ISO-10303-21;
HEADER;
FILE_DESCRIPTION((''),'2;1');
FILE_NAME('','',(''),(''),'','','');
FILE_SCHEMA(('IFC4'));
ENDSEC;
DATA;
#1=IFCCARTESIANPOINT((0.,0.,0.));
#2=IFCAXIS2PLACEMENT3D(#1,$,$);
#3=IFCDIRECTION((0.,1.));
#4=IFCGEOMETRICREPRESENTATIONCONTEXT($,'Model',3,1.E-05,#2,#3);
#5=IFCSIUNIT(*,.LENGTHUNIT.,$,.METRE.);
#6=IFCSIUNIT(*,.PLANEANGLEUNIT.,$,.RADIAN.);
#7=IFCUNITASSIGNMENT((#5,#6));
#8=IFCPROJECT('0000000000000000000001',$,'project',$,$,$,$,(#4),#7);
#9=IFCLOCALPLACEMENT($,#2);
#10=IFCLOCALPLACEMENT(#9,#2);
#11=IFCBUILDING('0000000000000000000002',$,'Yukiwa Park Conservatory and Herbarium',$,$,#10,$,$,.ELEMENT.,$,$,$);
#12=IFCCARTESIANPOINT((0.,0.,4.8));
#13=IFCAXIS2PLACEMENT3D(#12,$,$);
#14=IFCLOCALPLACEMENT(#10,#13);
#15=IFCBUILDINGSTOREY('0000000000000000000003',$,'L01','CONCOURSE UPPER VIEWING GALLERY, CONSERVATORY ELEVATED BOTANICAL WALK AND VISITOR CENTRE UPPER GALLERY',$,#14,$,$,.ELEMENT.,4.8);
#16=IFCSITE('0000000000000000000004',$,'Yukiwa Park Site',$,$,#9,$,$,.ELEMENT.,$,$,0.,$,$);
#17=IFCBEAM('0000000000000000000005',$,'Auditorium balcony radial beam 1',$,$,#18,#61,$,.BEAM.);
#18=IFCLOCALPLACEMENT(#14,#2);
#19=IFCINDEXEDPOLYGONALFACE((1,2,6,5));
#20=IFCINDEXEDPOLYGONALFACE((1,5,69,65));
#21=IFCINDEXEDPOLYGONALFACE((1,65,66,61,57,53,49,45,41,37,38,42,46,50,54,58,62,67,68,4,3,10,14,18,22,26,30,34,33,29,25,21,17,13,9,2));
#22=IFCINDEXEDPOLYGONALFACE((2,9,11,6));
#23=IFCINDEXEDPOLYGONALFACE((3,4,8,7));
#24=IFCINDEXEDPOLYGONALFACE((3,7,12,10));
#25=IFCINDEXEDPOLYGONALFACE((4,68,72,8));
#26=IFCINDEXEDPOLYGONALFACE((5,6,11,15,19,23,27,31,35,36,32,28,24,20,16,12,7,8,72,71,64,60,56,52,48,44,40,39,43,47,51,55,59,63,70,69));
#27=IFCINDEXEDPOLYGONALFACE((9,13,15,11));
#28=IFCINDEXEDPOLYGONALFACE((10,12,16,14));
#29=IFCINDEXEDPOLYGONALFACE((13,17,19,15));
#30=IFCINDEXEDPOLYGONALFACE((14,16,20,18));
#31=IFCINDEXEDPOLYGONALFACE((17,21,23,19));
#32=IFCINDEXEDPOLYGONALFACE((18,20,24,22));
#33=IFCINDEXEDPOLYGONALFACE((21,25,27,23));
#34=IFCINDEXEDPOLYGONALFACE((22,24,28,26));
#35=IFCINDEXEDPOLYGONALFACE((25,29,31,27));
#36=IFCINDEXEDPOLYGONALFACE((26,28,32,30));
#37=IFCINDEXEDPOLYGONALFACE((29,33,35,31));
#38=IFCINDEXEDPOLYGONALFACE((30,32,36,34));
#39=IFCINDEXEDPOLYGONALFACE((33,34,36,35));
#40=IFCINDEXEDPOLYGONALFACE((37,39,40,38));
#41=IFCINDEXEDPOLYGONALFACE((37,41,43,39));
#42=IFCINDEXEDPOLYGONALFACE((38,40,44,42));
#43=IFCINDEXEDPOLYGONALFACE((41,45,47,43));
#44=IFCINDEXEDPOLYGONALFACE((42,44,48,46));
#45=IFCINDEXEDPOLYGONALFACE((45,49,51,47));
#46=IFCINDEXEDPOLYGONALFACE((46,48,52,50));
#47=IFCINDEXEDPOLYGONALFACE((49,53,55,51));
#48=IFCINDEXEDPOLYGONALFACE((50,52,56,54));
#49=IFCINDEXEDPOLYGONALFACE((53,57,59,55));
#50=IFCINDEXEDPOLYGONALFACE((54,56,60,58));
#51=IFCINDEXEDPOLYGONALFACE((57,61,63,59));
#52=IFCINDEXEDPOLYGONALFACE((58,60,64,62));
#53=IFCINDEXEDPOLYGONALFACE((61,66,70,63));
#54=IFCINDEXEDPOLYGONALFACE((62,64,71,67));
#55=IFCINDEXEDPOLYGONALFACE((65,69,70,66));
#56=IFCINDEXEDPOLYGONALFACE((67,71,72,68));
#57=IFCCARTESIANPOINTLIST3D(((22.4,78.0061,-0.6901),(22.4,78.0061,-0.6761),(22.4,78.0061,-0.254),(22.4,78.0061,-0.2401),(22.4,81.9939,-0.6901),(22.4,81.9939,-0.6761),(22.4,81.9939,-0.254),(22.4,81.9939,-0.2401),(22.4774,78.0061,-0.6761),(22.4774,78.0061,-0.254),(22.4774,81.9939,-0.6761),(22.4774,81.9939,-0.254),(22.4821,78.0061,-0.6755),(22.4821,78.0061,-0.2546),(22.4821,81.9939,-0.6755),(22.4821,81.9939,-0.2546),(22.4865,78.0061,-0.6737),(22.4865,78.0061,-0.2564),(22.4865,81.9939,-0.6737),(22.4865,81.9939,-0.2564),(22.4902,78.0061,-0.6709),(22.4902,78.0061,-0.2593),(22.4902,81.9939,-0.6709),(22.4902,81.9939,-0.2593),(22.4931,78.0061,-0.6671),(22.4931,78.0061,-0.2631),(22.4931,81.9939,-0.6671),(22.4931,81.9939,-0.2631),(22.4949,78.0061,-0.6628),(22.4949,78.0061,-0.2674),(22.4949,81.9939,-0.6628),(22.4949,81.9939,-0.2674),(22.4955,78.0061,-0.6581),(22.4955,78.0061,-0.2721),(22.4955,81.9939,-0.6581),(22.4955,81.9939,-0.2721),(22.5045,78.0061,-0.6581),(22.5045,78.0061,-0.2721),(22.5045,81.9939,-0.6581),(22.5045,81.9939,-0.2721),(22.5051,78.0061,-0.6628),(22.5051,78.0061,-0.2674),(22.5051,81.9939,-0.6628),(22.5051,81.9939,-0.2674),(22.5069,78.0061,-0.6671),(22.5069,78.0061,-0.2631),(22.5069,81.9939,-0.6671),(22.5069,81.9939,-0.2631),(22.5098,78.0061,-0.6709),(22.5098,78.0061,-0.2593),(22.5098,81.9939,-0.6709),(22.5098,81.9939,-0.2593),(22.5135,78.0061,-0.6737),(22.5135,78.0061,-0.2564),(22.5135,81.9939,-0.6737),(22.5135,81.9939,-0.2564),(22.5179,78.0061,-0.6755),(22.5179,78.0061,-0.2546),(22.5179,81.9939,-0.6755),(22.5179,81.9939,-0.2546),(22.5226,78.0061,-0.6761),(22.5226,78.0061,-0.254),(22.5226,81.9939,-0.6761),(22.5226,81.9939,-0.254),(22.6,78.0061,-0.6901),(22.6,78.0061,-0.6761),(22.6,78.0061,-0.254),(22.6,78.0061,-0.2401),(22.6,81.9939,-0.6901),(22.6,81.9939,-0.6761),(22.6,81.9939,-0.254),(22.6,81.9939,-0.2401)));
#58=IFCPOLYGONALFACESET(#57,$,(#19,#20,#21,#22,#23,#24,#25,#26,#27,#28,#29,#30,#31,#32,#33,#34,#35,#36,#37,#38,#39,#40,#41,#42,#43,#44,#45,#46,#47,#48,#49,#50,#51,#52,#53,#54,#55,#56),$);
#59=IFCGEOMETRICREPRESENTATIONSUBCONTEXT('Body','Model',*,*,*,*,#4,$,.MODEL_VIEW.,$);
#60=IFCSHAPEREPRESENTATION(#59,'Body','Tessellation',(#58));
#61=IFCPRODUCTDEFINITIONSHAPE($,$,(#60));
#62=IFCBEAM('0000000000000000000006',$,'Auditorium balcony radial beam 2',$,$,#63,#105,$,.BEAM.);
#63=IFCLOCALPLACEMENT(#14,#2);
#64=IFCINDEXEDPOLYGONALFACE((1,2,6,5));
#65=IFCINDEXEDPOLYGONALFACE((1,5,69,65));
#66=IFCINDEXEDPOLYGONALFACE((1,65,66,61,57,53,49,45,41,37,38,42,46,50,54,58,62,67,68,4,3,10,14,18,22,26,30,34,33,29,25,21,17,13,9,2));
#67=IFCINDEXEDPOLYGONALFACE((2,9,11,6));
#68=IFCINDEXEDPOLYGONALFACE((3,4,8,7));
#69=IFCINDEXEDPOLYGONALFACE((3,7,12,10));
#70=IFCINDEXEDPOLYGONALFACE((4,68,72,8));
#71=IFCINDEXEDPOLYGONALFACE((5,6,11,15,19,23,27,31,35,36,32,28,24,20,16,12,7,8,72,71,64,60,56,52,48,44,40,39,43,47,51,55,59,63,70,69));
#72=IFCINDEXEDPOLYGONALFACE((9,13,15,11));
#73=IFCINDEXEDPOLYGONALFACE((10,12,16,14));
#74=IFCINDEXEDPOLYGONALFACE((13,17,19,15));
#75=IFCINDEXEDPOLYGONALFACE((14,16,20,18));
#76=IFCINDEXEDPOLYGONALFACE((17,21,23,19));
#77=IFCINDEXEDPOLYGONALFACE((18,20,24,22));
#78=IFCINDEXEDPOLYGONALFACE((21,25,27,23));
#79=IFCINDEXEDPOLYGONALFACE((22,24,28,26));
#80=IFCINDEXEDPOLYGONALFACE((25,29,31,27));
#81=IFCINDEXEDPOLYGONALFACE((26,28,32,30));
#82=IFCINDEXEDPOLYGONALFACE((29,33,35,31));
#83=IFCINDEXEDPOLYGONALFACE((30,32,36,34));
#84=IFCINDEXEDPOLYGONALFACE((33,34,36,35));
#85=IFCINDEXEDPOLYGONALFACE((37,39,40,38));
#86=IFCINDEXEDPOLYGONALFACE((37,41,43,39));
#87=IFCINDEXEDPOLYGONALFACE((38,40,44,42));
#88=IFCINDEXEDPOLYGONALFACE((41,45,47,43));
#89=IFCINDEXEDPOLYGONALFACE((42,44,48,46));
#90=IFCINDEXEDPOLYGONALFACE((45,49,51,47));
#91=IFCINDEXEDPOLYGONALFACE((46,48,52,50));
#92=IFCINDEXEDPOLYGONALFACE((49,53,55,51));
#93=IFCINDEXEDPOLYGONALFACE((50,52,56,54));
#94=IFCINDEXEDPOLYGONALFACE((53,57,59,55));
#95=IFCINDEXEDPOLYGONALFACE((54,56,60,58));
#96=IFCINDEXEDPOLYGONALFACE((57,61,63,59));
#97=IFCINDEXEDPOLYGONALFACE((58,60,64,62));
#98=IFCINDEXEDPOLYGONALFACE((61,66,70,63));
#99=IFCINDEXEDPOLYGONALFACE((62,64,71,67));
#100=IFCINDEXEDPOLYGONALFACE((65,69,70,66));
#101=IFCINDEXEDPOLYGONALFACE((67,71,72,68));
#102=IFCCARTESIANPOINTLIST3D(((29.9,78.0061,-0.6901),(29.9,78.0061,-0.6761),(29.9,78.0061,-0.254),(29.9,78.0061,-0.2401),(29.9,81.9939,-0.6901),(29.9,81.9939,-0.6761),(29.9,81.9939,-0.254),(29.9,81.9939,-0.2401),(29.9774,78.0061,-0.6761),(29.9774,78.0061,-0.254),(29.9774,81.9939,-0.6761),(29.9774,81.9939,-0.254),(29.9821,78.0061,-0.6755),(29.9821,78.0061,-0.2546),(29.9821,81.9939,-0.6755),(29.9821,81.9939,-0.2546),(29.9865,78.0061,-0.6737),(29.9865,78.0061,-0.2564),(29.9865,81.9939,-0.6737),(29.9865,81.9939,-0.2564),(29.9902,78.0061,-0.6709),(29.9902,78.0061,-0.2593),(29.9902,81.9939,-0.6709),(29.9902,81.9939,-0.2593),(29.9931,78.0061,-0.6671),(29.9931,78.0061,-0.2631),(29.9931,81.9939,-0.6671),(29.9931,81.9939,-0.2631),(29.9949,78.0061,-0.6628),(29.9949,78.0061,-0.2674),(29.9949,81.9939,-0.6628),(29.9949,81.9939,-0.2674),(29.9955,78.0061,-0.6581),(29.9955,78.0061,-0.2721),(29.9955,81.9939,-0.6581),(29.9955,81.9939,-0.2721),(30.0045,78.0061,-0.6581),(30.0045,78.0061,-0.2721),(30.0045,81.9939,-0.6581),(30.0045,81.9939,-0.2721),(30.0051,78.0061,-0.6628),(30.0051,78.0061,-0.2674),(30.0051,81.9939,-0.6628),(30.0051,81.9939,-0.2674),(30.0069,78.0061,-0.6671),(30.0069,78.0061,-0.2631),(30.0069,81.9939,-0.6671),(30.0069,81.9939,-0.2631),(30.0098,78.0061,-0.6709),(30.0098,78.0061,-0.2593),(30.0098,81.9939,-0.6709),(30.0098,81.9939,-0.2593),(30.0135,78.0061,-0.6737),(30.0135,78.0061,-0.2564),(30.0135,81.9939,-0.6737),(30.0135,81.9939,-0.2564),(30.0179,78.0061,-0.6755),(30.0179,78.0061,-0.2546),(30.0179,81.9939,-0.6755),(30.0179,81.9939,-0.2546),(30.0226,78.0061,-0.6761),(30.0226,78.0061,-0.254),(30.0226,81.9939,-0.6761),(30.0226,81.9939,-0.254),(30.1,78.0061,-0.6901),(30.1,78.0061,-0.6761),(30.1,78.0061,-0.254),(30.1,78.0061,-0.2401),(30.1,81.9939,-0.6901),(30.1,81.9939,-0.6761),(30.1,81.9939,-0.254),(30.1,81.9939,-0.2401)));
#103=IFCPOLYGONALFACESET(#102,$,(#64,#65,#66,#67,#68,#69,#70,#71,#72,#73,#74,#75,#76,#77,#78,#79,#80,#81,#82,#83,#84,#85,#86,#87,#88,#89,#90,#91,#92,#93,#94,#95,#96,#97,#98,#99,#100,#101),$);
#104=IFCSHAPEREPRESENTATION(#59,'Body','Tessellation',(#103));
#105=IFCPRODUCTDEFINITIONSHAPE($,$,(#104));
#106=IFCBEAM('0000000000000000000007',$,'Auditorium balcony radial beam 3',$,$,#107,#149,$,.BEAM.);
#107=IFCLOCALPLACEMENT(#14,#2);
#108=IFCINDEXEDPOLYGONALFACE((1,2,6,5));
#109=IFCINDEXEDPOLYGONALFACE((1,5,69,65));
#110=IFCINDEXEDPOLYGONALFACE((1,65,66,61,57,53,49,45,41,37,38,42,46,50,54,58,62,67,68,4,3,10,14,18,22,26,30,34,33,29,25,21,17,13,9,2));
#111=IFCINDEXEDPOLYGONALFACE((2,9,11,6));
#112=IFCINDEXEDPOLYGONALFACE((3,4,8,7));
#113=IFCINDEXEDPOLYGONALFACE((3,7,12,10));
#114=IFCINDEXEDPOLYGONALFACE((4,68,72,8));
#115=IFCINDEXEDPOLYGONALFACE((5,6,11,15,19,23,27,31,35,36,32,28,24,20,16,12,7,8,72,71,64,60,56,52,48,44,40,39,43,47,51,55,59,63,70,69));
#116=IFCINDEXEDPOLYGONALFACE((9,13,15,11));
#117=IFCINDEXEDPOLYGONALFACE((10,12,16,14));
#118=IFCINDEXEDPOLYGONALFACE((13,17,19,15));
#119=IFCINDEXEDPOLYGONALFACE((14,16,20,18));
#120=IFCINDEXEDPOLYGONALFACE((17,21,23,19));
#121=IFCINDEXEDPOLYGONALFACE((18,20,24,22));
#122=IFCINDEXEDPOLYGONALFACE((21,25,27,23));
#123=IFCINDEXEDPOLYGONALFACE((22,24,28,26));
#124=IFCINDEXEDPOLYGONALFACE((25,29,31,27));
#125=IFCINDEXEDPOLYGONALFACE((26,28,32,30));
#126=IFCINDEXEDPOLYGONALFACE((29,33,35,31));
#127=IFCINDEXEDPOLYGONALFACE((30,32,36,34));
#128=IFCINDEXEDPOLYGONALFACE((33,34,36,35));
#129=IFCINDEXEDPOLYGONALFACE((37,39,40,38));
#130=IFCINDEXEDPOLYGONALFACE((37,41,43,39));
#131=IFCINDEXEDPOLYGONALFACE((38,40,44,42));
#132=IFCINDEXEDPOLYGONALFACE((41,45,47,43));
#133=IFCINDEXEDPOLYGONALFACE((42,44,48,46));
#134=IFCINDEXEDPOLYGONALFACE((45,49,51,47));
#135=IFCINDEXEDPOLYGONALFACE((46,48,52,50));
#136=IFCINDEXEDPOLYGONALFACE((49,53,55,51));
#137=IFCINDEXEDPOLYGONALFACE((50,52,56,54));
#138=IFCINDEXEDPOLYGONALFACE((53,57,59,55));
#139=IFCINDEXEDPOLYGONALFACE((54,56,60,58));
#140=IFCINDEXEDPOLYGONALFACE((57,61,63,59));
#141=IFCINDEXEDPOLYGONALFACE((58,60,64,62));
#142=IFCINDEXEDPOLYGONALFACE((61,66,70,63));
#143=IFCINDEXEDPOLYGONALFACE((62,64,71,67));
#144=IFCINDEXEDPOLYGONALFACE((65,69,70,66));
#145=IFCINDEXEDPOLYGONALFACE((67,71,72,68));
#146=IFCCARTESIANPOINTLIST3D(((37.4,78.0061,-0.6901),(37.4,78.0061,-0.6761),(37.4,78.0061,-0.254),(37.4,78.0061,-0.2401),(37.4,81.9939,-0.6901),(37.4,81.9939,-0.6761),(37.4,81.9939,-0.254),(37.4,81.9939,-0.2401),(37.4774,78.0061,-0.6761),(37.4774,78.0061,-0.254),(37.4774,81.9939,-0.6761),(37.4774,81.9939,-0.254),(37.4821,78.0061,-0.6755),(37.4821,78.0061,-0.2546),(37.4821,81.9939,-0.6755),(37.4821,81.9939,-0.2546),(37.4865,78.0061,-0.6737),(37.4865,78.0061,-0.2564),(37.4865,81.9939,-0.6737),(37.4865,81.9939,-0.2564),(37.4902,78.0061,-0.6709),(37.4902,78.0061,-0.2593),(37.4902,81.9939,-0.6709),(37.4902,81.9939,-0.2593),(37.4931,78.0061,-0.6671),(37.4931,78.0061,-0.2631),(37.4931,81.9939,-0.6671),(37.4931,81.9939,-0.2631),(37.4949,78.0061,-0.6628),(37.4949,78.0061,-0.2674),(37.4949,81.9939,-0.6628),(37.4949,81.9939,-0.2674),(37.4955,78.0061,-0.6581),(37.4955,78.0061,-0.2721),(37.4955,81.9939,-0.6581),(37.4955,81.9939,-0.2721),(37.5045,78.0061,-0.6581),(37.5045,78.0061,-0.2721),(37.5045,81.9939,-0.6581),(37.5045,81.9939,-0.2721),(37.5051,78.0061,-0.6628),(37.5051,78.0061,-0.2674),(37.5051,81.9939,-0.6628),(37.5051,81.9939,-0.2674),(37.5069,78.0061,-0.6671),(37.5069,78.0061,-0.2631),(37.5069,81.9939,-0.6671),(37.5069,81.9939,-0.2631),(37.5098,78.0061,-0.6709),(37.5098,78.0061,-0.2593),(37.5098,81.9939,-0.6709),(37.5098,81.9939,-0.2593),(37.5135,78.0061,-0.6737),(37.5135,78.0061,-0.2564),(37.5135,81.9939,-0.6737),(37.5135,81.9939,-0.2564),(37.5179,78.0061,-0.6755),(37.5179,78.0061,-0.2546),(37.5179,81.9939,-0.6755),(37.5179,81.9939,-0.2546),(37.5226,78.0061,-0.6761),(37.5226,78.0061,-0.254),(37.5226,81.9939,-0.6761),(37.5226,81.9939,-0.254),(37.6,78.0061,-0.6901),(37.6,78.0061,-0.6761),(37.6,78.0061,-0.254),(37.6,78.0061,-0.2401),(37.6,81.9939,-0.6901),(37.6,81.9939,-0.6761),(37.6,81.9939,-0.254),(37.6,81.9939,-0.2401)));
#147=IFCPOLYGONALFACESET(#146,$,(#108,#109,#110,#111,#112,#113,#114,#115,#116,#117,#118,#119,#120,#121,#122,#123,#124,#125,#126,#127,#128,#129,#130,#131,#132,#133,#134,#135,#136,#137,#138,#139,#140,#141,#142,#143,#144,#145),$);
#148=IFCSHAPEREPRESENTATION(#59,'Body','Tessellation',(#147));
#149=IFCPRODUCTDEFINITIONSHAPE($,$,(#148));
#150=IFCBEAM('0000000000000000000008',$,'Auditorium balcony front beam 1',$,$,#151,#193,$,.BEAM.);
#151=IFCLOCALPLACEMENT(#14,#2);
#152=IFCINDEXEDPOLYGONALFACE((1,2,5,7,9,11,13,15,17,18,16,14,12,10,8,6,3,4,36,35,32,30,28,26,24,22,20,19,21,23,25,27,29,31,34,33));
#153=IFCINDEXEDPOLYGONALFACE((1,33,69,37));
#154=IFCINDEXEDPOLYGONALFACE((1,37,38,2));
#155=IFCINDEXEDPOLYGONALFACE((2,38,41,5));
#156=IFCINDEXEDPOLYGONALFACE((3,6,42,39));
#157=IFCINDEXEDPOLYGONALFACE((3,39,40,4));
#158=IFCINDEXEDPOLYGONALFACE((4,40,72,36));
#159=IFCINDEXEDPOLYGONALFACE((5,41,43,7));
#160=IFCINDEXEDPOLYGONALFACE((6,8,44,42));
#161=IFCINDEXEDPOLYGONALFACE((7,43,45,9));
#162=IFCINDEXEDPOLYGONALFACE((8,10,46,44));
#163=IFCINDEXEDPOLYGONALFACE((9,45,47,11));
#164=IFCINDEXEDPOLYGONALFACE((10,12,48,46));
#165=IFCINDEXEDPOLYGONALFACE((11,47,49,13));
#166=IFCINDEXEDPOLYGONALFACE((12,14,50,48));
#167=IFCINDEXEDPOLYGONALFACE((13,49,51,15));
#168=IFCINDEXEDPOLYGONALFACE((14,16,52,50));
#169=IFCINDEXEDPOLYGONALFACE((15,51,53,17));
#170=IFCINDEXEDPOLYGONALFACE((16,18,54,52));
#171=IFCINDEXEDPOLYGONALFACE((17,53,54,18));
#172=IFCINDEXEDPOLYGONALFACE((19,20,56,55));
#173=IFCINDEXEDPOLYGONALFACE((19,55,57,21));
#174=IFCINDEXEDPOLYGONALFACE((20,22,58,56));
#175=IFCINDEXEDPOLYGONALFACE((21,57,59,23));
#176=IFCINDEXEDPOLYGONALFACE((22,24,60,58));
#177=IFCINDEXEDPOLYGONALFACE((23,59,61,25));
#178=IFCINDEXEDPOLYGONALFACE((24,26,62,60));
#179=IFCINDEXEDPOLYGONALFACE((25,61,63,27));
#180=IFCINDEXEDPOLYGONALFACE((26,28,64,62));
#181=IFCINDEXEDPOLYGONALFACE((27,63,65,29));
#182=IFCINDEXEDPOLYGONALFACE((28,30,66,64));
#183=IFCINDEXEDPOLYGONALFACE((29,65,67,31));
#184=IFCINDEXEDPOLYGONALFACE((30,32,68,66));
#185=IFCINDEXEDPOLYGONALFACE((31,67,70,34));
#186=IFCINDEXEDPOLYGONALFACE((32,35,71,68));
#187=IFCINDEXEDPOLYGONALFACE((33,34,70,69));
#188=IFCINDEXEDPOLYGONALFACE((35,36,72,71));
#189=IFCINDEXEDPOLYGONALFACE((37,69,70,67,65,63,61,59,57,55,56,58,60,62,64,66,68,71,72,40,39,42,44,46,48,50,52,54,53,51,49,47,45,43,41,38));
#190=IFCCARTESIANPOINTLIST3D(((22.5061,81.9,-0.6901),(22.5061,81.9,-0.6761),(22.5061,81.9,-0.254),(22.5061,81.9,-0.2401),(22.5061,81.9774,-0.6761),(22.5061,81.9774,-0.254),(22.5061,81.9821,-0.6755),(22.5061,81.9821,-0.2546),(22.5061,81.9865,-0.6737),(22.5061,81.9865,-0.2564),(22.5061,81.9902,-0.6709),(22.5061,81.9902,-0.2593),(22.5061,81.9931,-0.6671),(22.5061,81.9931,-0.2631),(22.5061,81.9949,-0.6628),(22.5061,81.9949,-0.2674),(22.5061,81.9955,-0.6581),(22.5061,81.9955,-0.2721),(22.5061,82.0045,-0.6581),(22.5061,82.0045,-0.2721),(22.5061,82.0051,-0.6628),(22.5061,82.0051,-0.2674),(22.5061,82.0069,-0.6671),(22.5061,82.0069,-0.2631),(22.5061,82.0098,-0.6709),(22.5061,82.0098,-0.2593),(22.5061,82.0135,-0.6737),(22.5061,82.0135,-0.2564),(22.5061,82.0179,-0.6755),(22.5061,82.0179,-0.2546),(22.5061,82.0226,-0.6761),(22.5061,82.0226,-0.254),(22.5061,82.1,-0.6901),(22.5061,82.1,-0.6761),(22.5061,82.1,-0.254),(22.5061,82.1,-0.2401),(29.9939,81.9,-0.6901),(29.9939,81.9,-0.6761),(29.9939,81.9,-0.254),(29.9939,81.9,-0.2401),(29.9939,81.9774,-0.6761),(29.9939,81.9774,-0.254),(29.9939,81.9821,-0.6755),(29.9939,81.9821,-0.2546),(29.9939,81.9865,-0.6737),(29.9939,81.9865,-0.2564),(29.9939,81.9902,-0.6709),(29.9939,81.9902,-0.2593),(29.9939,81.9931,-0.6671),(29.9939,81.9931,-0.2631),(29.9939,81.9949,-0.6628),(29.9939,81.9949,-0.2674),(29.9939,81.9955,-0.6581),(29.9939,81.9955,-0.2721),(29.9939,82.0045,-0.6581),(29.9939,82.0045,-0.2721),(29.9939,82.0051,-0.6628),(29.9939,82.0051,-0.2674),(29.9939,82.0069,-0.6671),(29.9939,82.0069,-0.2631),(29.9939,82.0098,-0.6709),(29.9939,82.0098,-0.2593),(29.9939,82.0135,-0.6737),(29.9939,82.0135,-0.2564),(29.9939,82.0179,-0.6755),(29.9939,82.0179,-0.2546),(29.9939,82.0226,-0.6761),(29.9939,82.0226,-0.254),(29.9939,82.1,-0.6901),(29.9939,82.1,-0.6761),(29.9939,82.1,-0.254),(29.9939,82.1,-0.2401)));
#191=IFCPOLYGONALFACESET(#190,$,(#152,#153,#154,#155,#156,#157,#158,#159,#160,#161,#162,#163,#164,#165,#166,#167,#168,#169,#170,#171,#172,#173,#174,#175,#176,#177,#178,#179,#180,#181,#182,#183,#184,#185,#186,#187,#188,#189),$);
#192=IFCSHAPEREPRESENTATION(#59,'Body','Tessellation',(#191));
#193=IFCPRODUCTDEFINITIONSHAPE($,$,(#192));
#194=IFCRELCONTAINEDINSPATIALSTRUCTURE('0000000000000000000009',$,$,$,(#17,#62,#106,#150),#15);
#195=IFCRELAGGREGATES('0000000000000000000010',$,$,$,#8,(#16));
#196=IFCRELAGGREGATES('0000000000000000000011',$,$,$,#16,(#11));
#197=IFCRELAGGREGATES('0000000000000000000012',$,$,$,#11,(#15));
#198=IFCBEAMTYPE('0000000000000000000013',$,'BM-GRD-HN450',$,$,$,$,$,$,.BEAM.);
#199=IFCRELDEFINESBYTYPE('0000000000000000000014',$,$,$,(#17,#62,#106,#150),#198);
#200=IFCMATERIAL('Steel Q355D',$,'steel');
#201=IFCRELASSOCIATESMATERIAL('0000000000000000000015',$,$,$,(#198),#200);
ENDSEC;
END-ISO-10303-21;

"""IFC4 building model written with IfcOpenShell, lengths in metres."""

from ifc_helpers import new_model, si_unit, direction, frame, origin, origin_2d, place, context, subcontext, project, spatial, i_section, extrude, material, material_profile, profile_set, type_object, element, save


model = new_model("IFC4")

# Units and contexts
model_context = context("Model", 3, precision=1e-05, world=origin(), true_north=direction((0.0, 1.0)))
body_context = subcontext(model_context, "Body", "Model", "MODEL_VIEW")
ifc_project = project(units=[si_unit("LENGTHUNIT", "METRE"), si_unit("PLANEANGLEUNIT", "RADIAN")], contexts=[model_context])

# Site, building, storey
site_placement = place(None, origin())
site = spatial("IfcSite", under=ifc_project, at=site_placement, Name="Yukiwa Park Site", CompositionType="ELEMENT", RefElevation=0.0)
building_placement = place(site_placement, origin())
building = spatial("IfcBuilding", under=site, at=building_placement, Name="Yukiwa Park Conservatory and Herbarium", CompositionType="ELEMENT")
storey_placement = place(building_placement, frame((0.0, 0.0, 4.8)))
storey = spatial("IfcBuildingStorey", under=building, at=storey_placement, Name="L01", Description="CONCOURSE UPPER VIEWING GALLERY, CONSERVATORY ELEVATED BOTANICAL WALK AND VISITOR CENTRE UPPER GALLERY", CompositionType="ELEMENT", Elevation=4.8)

# Beams
ifc_material_1 = material(Name="Steel Q355D", Category="steel")
ifc_material_profile_1 = material_profile(ifc_material_1, i_section(OverallWidth=0.2, OverallDepth=0.45, WebThickness=0.009, FlangeThickness=0.0139, FilletRadius=0.0181, at=origin_2d()), Name="HN 450x200x9x14")
ifc_profile_set_1 = profile_set([ifc_material_profile_1], Name="Steel Q355D")
beam_type_1 = type_object("IfcBeamType", Name="BM-GRD-HN450", PredefinedType="BEAM", material=ifc_profile_set_1)
for number, where, z_axis, x_axis, name in (
    (1, (22.5, 78.0061, -0.4651), (0.0, 1.0, 0.0), (-1.0, 0.0, 0.0), "Auditorium balcony radial beam 1"),
    (2, (30.0, 78.0061, -0.4651), (0.0, 1.0, 0.0), (-1.0, 0.0, 0.0), "Auditorium balcony radial beam 2"),
    (3, (37.5, 78.0061, -0.4651), (0.0, 1.0, 0.0), (-1.0, 0.0, 0.0), "Auditorium balcony radial beam 3"),
):
    element("IfcBeam", number, at=place(storey_placement, frame(where, z_axis=z_axis, x_axis=x_axis)), inside=storey, type_object=beam_type_1, Name=name, PredefinedType="BEAM", context=body_context, shape_type="SweptSolid", body=[
        extrude(i_section(OverallWidth=0.2, OverallDepth=0.45, WebThickness=0.009, FlangeThickness=0.0139, FilletRadius=0.0181, at=origin_2d()), origin(), (0.0, 0.0, 1.0), 3.9878),
    ])
for number, where, z_axis, x_axis, name in (
    (4, (22.5061, 82.0, -0.4651), (1.0, 0.0, 0.0), (0.0, 1.0, 0.0), "Auditorium balcony front beam 1"),
):
    element("IfcBeam", number, at=place(storey_placement, frame(where, z_axis=z_axis, x_axis=x_axis)), inside=storey, type_object=beam_type_1, Name=name, PredefinedType="BEAM", context=body_context, shape_type="SweptSolid", body=[
        extrude(i_section(OverallWidth=0.2, OverallDepth=0.45, WebThickness=0.009, FlangeThickness=0.0139, FilletRadius=0.0181, at=origin_2d()), origin(), (0.0, 0.0, 1.0), 7.4878),
    ])

save(model, "model.ifc")
